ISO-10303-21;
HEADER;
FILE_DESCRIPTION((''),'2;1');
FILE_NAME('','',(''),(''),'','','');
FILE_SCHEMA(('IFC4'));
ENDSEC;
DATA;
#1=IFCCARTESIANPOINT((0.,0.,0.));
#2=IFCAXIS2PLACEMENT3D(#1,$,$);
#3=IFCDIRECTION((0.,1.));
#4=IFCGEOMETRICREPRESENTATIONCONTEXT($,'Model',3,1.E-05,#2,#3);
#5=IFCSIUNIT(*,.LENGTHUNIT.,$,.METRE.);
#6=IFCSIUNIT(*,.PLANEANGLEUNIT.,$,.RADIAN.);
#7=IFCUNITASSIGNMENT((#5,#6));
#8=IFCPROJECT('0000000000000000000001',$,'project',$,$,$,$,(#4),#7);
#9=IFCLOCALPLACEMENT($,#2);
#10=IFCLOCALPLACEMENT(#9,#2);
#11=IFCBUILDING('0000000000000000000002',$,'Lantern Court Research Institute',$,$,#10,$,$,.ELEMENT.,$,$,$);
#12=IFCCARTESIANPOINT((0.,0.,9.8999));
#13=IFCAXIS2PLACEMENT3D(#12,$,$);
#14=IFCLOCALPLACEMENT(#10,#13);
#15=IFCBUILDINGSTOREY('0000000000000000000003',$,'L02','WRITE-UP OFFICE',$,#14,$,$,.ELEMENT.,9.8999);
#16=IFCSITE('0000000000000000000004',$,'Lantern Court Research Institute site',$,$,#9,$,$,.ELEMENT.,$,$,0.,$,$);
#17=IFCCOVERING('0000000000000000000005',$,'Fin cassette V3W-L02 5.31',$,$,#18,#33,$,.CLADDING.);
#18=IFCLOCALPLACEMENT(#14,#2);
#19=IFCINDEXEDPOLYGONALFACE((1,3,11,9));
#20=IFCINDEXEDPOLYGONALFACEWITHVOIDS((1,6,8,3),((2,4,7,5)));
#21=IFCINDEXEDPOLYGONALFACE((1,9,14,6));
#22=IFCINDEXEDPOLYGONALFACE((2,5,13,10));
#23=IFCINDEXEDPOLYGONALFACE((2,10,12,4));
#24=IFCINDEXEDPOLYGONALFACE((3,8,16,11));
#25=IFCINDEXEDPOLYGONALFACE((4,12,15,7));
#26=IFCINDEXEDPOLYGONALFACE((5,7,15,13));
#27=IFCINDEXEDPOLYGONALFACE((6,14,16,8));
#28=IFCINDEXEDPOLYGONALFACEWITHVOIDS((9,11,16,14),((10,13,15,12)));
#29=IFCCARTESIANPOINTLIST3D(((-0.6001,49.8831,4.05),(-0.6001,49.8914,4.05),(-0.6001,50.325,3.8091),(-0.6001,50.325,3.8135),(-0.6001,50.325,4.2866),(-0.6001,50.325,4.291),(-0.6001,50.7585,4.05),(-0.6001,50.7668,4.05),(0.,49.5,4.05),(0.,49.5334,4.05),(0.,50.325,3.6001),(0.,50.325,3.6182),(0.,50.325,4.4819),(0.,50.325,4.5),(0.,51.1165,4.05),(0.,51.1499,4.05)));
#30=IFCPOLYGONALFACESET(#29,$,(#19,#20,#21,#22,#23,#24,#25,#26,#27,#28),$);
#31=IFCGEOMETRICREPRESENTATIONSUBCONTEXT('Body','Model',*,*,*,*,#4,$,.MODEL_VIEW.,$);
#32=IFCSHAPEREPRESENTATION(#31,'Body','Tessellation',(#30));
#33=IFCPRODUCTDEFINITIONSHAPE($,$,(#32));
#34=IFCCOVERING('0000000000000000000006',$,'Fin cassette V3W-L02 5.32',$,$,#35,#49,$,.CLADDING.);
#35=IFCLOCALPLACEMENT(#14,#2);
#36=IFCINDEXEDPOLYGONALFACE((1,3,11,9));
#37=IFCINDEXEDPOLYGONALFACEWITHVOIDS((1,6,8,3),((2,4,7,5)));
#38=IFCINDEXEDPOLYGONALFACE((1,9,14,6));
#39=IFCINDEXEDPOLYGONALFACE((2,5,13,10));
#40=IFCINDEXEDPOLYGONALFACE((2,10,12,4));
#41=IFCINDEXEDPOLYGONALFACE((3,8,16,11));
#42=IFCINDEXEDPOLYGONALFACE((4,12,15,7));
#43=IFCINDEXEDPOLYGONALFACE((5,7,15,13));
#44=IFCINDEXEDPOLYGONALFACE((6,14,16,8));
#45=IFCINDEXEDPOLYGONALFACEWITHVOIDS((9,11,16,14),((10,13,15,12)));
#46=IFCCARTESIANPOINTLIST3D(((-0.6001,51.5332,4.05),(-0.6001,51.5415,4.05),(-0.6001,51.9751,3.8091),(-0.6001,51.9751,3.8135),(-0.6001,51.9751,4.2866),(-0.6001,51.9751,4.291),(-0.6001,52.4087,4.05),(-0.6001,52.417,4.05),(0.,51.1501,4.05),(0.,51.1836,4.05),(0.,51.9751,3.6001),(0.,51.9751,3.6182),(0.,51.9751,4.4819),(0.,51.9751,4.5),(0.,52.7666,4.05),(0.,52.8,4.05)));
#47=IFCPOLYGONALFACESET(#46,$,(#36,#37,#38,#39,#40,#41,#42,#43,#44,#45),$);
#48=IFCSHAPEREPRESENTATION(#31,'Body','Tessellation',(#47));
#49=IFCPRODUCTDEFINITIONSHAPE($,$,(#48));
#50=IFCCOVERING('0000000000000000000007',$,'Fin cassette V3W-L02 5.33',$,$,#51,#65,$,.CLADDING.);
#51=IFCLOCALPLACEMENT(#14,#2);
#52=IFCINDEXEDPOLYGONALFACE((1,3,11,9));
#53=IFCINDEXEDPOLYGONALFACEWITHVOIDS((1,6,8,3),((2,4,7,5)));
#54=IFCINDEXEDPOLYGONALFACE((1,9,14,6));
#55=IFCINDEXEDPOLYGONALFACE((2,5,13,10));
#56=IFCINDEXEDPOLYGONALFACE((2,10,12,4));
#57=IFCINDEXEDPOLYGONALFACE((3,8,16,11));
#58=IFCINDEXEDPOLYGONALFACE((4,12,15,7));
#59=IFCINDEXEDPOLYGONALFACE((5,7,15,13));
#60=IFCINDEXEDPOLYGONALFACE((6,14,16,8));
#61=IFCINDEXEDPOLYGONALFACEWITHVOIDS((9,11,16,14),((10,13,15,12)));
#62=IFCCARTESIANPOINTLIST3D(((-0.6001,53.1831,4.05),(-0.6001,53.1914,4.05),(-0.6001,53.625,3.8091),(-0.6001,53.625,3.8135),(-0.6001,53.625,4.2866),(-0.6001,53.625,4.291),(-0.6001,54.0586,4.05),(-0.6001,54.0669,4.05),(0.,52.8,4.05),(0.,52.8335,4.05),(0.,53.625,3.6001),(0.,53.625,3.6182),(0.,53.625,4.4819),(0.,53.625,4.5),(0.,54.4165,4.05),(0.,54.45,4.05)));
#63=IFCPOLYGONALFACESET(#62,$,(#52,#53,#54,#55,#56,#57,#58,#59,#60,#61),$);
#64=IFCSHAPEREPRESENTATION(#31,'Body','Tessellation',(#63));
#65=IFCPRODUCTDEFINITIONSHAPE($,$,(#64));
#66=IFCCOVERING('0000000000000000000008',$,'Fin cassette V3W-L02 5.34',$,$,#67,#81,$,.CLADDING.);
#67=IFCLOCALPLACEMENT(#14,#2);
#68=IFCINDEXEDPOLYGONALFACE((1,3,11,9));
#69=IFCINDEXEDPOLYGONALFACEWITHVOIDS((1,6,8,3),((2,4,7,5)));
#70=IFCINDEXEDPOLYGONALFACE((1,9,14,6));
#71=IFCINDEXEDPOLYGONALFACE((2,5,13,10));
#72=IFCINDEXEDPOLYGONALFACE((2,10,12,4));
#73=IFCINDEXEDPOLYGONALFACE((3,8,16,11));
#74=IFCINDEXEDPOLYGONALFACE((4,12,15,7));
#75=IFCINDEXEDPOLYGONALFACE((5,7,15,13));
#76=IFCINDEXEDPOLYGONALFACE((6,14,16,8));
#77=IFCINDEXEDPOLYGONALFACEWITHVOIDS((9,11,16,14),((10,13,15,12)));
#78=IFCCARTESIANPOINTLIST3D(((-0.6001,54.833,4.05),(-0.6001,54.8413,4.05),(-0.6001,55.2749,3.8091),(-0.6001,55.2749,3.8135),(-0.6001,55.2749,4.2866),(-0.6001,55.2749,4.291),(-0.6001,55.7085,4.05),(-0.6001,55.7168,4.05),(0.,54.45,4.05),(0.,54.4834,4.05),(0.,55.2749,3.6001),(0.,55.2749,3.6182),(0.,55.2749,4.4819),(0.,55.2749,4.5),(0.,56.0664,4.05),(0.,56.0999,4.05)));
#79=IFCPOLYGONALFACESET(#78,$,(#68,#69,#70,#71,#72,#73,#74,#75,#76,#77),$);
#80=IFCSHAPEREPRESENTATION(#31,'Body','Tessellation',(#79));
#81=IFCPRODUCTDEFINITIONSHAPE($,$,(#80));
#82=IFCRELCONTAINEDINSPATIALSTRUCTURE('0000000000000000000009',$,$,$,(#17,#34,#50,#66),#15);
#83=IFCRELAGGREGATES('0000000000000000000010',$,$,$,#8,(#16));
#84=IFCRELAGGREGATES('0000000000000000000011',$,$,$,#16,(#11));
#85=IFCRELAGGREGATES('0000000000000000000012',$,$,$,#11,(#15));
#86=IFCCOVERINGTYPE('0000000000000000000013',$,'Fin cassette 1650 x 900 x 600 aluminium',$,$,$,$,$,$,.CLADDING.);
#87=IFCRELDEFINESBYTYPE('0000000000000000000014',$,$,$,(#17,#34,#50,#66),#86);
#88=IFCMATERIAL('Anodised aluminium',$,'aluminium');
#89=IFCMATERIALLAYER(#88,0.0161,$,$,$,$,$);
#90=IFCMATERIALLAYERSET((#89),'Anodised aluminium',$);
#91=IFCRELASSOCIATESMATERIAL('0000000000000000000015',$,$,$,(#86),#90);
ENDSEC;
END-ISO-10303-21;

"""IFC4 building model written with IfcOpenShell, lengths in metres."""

from ifc_helpers import new_model, entity, si_unit, direction, frame, origin, place, context, subcontext, project, spatial, material, layer, layer_set, type_object, element, save


model = new_model("IFC4")

# Units and contexts
model_context = context("Model", 3, precision=1e-05, world=origin(), true_north=direction((0.0, 1.0)))
body_context = subcontext(model_context, "Body", "Model", "MODEL_VIEW")
ifc_project = project(units=[si_unit("LENGTHUNIT", "METRE"), si_unit("PLANEANGLEUNIT", "RADIAN")], contexts=[model_context])

# Site, building, storey
site_placement = place(None, origin())
site = spatial("IfcSite", under=ifc_project, at=site_placement, Name="Lantern Court Research Institute site", CompositionType="ELEMENT", RefElevation=0.0)
building_placement = place(site_placement, origin())
building = spatial("IfcBuilding", under=site, at=building_placement, Name="Lantern Court Research Institute", CompositionType="ELEMENT")
storey_placement = place(building_placement, frame((0.0, 0.0, 9.8999)))
storey = spatial("IfcBuildingStorey", under=building, at=storey_placement, Name="L02", Description="WRITE-UP OFFICE", CompositionType="ELEMENT", Elevation=9.8999)

# Coverings
ifc_material_1 = material(Name="Anodised aluminium", Category="aluminium")
ifc_layer_1 = layer(ifc_material_1, 0.0161)
ifc_layer_set_1 = layer_set([ifc_layer_1], Name="Anodised aluminium")
covering_type = type_object("IfcCoveringType", Name="Fin cassette 1650 x 900 x 600 aluminium", PredefinedType="CLADDING", material=ifc_layer_set_1)
covering_1_placement = place(storey_placement, frame((0.0, 50.325, 4.05), z_axis=(-1.0, 0.0, 0.0), x_axis=(0.0, -1.0, 0.0)))
cartesian_point_1 = entity("IfcCartesianPoint", [0.825, 0.0])
cartesian_point_2 = entity("IfcCartesianPoint", [0.7915, 0.0])
cartesian_point_3 = entity("IfcCartesianPoint", [0.4419, 0.0])
cartesian_point_4 = entity("IfcCartesianPoint", [0.4336, 0.0])
element("IfcCovering", 1, at=covering_1_placement, inside=storey, type_object=covering_type, Name="Fin cassette V3W-L02 5.31", PredefinedType="CLADDING", context=body_context, shape_type="SweptSolid", body=[
    entity("IfcExtrudedAreaSolidTapered", entity("IfcArbitraryProfileDefWithVoids", "AREA", None, entity("IfcPolyline", [cartesian_point_1, entity("IfcCartesianPoint", [0.0, 0.45]), entity("IfcCartesianPoint", [-0.825, 0.0]), entity("IfcCartesianPoint", [0.0, -0.45]), cartesian_point_1]), [entity("IfcPolyline", [cartesian_point_2, entity("IfcCartesianPoint", [0.0, 0.4319]), entity("IfcCartesianPoint", [-0.7915, 0.0]), entity("IfcCartesianPoint", [0.0, -0.4319]), cartesian_point_2])]), entity("IfcAxis2Placement3D", entity("IfcCartesianPoint", [0.0, 0.0, 0.0])), entity("IfcDirection", [0.0, 0.0, 1.0]), 0.6001, entity("IfcArbitraryProfileDefWithVoids", "AREA", None, entity("IfcPolyline", [cartesian_point_3, entity("IfcCartesianPoint", [0.0, 0.241]), entity("IfcCartesianPoint", [-0.4419, 0.0]), entity("IfcCartesianPoint", [0.0, -0.241]), cartesian_point_3]), [entity("IfcPolyline", [cartesian_point_4, entity("IfcCartesianPoint", [0.0, 0.2366]), entity("IfcCartesianPoint", [-0.4336, 0.0]), entity("IfcCartesianPoint", [0.0, -0.2366]), cartesian_point_4])])),
])
covering_2_placement = place(storey_placement, frame((0.0, 51.9751, 4.05), z_axis=(-1.0, 0.0, 0.0), x_axis=(0.0, -1.0, 0.0)))
cartesian_point_5 = entity("IfcCartesianPoint", [0.825, 0.0])
cartesian_point_6 = entity("IfcCartesianPoint", [0.7915, 0.0])
cartesian_point_7 = entity("IfcCartesianPoint", [0.4419, 0.0])
cartesian_point_8 = entity("IfcCartesianPoint", [0.4336, 0.0])
element("IfcCovering", 2, at=covering_2_placement, inside=storey, type_object=covering_type, Name="Fin cassette V3W-L02 5.32", PredefinedType="CLADDING", context=body_context, shape_type="SweptSolid", body=[
    entity("IfcExtrudedAreaSolidTapered", entity("IfcArbitraryProfileDefWithVoids", "AREA", None, entity("IfcPolyline", [cartesian_point_5, entity("IfcCartesianPoint", [0.0, 0.45]), entity("IfcCartesianPoint", [-0.825, 0.0]), entity("IfcCartesianPoint", [0.0, -0.45]), cartesian_point_5]), [entity("IfcPolyline", [cartesian_point_6, entity("IfcCartesianPoint", [0.0, 0.4319]), entity("IfcCartesianPoint", [-0.7915, 0.0]), entity("IfcCartesianPoint", [0.0, -0.4319]), cartesian_point_6])]), entity("IfcAxis2Placement3D", entity("IfcCartesianPoint", [0.0, 0.0, 0.0])), entity("IfcDirection", [0.0, 0.0, 1.0]), 0.6001, entity("IfcArbitraryProfileDefWithVoids", "AREA", None, entity("IfcPolyline", [cartesian_point_7, entity("IfcCartesianPoint", [0.0, 0.241]), entity("IfcCartesianPoint", [-0.4419, 0.0]), entity("IfcCartesianPoint", [0.0, -0.241]), cartesian_point_7]), [entity("IfcPolyline", [cartesian_point_8, entity("IfcCartesianPoint", [0.0, 0.2366]), entity("IfcCartesianPoint", [-0.4336, 0.0]), entity("IfcCartesianPoint", [0.0, -0.2366]), cartesian_point_8])])),
])
covering_3_placement = place(storey_placement, frame((0.0, 53.625, 4.05), z_axis=(-1.0, 0.0, 0.0), x_axis=(0.0, -1.0, 0.0)))
cartesian_point_9 = entity("IfcCartesianPoint", [0.825, 0.0])
cartesian_point_10 = entity("IfcCartesianPoint", [0.7915, 0.0])
cartesian_point_11 = entity("IfcCartesianPoint", [0.4419, 0.0])
cartesian_point_12 = entity("IfcCartesianPoint", [0.4336, 0.0])
element("IfcCovering", 3, at=covering_3_placement, inside=storey, type_object=covering_type, Name="Fin cassette V3W-L02 5.33", PredefinedType="CLADDING", context=body_context, shape_type="SweptSolid", body=[
    entity("IfcExtrudedAreaSolidTapered", entity("IfcArbitraryProfileDefWithVoids", "AREA", None, entity("IfcPolyline", [cartesian_point_9, entity("IfcCartesianPoint", [0.0, 0.45]), entity("IfcCartesianPoint", [-0.825, 0.0]), entity("IfcCartesianPoint", [0.0, -0.45]), cartesian_point_9]), [entity("IfcPolyline", [cartesian_point_10, entity("IfcCartesianPoint", [0.0, 0.4319]), entity("IfcCartesianPoint", [-0.7915, 0.0]), entity("IfcCartesianPoint", [0.0, -0.4319]), cartesian_point_10])]), entity("IfcAxis2Placement3D", entity("IfcCartesianPoint", [0.0, 0.0, 0.0])), entity("IfcDirection", [0.0, 0.0, 1.0]), 0.6001, entity("IfcArbitraryProfileDefWithVoids", "AREA", None, entity("IfcPolyline", [cartesian_point_11, entity("IfcCartesianPoint", [0.0, 0.241]), entity("IfcCartesianPoint", [-0.4419, 0.0]), entity("IfcCartesianPoint", [0.0, -0.241]), cartesian_point_11]), [entity("IfcPolyline", [cartesian_point_12, entity("IfcCartesianPoint", [0.0, 0.2366]), entity("IfcCartesianPoint", [-0.4336, 0.0]), entity("IfcCartesianPoint", [0.0, -0.2366]), cartesian_point_12])])),
])
covering_4_placement = place(storey_placement, frame((0.0, 55.2749, 4.05), z_axis=(-1.0, 0.0, 0.0), x_axis=(0.0, -1.0, 0.0)))
cartesian_point_13 = entity("IfcCartesianPoint", [0.825, 0.0])
cartesian_point_14 = entity("IfcCartesianPoint", [0.7915, 0.0])
cartesian_point_15 = entity("IfcCartesianPoint", [0.4419, 0.0])
cartesian_point_16 = entity("IfcCartesianPoint", [0.4336, 0.0])
element("IfcCovering", 4, at=covering_4_placement, inside=storey, type_object=covering_type, Name="Fin cassette V3W-L02 5.34", PredefinedType="CLADDING", context=body_context, shape_type="SweptSolid", body=[
    entity("IfcExtrudedAreaSolidTapered", entity("IfcArbitraryProfileDefWithVoids", "AREA", None, entity("IfcPolyline", [cartesian_point_13, entity("IfcCartesianPoint", [0.0, 0.45]), entity("IfcCartesianPoint", [-0.825, 0.0]), entity("IfcCartesianPoint", [0.0, -0.45]), cartesian_point_13]), [entity("IfcPolyline", [cartesian_point_14, entity("IfcCartesianPoint", [0.0, 0.4319]), entity("IfcCartesianPoint", [-0.7915, 0.0]), entity("IfcCartesianPoint", [0.0, -0.4319]), cartesian_point_14])]), entity("IfcAxis2Placement3D", entity("IfcCartesianPoint", [0.0, 0.0, 0.0])), entity("IfcDirection", [0.0, 0.0, 1.0]), 0.6001, entity("IfcArbitraryProfileDefWithVoids", "AREA", None, entity("IfcPolyline", [cartesian_point_15, entity("IfcCartesianPoint", [0.0, 0.241]), entity("IfcCartesianPoint", [-0.4419, 0.0]), entity("IfcCartesianPoint", [0.0, -0.241]), cartesian_point_15]), [entity("IfcPolyline", [cartesian_point_16, entity("IfcCartesianPoint", [0.0, 0.2366]), entity("IfcCartesianPoint", [-0.4336, 0.0]), entity("IfcCartesianPoint", [0.0, -0.2366]), cartesian_point_16])])),
])

save(model, "model.ifc")
